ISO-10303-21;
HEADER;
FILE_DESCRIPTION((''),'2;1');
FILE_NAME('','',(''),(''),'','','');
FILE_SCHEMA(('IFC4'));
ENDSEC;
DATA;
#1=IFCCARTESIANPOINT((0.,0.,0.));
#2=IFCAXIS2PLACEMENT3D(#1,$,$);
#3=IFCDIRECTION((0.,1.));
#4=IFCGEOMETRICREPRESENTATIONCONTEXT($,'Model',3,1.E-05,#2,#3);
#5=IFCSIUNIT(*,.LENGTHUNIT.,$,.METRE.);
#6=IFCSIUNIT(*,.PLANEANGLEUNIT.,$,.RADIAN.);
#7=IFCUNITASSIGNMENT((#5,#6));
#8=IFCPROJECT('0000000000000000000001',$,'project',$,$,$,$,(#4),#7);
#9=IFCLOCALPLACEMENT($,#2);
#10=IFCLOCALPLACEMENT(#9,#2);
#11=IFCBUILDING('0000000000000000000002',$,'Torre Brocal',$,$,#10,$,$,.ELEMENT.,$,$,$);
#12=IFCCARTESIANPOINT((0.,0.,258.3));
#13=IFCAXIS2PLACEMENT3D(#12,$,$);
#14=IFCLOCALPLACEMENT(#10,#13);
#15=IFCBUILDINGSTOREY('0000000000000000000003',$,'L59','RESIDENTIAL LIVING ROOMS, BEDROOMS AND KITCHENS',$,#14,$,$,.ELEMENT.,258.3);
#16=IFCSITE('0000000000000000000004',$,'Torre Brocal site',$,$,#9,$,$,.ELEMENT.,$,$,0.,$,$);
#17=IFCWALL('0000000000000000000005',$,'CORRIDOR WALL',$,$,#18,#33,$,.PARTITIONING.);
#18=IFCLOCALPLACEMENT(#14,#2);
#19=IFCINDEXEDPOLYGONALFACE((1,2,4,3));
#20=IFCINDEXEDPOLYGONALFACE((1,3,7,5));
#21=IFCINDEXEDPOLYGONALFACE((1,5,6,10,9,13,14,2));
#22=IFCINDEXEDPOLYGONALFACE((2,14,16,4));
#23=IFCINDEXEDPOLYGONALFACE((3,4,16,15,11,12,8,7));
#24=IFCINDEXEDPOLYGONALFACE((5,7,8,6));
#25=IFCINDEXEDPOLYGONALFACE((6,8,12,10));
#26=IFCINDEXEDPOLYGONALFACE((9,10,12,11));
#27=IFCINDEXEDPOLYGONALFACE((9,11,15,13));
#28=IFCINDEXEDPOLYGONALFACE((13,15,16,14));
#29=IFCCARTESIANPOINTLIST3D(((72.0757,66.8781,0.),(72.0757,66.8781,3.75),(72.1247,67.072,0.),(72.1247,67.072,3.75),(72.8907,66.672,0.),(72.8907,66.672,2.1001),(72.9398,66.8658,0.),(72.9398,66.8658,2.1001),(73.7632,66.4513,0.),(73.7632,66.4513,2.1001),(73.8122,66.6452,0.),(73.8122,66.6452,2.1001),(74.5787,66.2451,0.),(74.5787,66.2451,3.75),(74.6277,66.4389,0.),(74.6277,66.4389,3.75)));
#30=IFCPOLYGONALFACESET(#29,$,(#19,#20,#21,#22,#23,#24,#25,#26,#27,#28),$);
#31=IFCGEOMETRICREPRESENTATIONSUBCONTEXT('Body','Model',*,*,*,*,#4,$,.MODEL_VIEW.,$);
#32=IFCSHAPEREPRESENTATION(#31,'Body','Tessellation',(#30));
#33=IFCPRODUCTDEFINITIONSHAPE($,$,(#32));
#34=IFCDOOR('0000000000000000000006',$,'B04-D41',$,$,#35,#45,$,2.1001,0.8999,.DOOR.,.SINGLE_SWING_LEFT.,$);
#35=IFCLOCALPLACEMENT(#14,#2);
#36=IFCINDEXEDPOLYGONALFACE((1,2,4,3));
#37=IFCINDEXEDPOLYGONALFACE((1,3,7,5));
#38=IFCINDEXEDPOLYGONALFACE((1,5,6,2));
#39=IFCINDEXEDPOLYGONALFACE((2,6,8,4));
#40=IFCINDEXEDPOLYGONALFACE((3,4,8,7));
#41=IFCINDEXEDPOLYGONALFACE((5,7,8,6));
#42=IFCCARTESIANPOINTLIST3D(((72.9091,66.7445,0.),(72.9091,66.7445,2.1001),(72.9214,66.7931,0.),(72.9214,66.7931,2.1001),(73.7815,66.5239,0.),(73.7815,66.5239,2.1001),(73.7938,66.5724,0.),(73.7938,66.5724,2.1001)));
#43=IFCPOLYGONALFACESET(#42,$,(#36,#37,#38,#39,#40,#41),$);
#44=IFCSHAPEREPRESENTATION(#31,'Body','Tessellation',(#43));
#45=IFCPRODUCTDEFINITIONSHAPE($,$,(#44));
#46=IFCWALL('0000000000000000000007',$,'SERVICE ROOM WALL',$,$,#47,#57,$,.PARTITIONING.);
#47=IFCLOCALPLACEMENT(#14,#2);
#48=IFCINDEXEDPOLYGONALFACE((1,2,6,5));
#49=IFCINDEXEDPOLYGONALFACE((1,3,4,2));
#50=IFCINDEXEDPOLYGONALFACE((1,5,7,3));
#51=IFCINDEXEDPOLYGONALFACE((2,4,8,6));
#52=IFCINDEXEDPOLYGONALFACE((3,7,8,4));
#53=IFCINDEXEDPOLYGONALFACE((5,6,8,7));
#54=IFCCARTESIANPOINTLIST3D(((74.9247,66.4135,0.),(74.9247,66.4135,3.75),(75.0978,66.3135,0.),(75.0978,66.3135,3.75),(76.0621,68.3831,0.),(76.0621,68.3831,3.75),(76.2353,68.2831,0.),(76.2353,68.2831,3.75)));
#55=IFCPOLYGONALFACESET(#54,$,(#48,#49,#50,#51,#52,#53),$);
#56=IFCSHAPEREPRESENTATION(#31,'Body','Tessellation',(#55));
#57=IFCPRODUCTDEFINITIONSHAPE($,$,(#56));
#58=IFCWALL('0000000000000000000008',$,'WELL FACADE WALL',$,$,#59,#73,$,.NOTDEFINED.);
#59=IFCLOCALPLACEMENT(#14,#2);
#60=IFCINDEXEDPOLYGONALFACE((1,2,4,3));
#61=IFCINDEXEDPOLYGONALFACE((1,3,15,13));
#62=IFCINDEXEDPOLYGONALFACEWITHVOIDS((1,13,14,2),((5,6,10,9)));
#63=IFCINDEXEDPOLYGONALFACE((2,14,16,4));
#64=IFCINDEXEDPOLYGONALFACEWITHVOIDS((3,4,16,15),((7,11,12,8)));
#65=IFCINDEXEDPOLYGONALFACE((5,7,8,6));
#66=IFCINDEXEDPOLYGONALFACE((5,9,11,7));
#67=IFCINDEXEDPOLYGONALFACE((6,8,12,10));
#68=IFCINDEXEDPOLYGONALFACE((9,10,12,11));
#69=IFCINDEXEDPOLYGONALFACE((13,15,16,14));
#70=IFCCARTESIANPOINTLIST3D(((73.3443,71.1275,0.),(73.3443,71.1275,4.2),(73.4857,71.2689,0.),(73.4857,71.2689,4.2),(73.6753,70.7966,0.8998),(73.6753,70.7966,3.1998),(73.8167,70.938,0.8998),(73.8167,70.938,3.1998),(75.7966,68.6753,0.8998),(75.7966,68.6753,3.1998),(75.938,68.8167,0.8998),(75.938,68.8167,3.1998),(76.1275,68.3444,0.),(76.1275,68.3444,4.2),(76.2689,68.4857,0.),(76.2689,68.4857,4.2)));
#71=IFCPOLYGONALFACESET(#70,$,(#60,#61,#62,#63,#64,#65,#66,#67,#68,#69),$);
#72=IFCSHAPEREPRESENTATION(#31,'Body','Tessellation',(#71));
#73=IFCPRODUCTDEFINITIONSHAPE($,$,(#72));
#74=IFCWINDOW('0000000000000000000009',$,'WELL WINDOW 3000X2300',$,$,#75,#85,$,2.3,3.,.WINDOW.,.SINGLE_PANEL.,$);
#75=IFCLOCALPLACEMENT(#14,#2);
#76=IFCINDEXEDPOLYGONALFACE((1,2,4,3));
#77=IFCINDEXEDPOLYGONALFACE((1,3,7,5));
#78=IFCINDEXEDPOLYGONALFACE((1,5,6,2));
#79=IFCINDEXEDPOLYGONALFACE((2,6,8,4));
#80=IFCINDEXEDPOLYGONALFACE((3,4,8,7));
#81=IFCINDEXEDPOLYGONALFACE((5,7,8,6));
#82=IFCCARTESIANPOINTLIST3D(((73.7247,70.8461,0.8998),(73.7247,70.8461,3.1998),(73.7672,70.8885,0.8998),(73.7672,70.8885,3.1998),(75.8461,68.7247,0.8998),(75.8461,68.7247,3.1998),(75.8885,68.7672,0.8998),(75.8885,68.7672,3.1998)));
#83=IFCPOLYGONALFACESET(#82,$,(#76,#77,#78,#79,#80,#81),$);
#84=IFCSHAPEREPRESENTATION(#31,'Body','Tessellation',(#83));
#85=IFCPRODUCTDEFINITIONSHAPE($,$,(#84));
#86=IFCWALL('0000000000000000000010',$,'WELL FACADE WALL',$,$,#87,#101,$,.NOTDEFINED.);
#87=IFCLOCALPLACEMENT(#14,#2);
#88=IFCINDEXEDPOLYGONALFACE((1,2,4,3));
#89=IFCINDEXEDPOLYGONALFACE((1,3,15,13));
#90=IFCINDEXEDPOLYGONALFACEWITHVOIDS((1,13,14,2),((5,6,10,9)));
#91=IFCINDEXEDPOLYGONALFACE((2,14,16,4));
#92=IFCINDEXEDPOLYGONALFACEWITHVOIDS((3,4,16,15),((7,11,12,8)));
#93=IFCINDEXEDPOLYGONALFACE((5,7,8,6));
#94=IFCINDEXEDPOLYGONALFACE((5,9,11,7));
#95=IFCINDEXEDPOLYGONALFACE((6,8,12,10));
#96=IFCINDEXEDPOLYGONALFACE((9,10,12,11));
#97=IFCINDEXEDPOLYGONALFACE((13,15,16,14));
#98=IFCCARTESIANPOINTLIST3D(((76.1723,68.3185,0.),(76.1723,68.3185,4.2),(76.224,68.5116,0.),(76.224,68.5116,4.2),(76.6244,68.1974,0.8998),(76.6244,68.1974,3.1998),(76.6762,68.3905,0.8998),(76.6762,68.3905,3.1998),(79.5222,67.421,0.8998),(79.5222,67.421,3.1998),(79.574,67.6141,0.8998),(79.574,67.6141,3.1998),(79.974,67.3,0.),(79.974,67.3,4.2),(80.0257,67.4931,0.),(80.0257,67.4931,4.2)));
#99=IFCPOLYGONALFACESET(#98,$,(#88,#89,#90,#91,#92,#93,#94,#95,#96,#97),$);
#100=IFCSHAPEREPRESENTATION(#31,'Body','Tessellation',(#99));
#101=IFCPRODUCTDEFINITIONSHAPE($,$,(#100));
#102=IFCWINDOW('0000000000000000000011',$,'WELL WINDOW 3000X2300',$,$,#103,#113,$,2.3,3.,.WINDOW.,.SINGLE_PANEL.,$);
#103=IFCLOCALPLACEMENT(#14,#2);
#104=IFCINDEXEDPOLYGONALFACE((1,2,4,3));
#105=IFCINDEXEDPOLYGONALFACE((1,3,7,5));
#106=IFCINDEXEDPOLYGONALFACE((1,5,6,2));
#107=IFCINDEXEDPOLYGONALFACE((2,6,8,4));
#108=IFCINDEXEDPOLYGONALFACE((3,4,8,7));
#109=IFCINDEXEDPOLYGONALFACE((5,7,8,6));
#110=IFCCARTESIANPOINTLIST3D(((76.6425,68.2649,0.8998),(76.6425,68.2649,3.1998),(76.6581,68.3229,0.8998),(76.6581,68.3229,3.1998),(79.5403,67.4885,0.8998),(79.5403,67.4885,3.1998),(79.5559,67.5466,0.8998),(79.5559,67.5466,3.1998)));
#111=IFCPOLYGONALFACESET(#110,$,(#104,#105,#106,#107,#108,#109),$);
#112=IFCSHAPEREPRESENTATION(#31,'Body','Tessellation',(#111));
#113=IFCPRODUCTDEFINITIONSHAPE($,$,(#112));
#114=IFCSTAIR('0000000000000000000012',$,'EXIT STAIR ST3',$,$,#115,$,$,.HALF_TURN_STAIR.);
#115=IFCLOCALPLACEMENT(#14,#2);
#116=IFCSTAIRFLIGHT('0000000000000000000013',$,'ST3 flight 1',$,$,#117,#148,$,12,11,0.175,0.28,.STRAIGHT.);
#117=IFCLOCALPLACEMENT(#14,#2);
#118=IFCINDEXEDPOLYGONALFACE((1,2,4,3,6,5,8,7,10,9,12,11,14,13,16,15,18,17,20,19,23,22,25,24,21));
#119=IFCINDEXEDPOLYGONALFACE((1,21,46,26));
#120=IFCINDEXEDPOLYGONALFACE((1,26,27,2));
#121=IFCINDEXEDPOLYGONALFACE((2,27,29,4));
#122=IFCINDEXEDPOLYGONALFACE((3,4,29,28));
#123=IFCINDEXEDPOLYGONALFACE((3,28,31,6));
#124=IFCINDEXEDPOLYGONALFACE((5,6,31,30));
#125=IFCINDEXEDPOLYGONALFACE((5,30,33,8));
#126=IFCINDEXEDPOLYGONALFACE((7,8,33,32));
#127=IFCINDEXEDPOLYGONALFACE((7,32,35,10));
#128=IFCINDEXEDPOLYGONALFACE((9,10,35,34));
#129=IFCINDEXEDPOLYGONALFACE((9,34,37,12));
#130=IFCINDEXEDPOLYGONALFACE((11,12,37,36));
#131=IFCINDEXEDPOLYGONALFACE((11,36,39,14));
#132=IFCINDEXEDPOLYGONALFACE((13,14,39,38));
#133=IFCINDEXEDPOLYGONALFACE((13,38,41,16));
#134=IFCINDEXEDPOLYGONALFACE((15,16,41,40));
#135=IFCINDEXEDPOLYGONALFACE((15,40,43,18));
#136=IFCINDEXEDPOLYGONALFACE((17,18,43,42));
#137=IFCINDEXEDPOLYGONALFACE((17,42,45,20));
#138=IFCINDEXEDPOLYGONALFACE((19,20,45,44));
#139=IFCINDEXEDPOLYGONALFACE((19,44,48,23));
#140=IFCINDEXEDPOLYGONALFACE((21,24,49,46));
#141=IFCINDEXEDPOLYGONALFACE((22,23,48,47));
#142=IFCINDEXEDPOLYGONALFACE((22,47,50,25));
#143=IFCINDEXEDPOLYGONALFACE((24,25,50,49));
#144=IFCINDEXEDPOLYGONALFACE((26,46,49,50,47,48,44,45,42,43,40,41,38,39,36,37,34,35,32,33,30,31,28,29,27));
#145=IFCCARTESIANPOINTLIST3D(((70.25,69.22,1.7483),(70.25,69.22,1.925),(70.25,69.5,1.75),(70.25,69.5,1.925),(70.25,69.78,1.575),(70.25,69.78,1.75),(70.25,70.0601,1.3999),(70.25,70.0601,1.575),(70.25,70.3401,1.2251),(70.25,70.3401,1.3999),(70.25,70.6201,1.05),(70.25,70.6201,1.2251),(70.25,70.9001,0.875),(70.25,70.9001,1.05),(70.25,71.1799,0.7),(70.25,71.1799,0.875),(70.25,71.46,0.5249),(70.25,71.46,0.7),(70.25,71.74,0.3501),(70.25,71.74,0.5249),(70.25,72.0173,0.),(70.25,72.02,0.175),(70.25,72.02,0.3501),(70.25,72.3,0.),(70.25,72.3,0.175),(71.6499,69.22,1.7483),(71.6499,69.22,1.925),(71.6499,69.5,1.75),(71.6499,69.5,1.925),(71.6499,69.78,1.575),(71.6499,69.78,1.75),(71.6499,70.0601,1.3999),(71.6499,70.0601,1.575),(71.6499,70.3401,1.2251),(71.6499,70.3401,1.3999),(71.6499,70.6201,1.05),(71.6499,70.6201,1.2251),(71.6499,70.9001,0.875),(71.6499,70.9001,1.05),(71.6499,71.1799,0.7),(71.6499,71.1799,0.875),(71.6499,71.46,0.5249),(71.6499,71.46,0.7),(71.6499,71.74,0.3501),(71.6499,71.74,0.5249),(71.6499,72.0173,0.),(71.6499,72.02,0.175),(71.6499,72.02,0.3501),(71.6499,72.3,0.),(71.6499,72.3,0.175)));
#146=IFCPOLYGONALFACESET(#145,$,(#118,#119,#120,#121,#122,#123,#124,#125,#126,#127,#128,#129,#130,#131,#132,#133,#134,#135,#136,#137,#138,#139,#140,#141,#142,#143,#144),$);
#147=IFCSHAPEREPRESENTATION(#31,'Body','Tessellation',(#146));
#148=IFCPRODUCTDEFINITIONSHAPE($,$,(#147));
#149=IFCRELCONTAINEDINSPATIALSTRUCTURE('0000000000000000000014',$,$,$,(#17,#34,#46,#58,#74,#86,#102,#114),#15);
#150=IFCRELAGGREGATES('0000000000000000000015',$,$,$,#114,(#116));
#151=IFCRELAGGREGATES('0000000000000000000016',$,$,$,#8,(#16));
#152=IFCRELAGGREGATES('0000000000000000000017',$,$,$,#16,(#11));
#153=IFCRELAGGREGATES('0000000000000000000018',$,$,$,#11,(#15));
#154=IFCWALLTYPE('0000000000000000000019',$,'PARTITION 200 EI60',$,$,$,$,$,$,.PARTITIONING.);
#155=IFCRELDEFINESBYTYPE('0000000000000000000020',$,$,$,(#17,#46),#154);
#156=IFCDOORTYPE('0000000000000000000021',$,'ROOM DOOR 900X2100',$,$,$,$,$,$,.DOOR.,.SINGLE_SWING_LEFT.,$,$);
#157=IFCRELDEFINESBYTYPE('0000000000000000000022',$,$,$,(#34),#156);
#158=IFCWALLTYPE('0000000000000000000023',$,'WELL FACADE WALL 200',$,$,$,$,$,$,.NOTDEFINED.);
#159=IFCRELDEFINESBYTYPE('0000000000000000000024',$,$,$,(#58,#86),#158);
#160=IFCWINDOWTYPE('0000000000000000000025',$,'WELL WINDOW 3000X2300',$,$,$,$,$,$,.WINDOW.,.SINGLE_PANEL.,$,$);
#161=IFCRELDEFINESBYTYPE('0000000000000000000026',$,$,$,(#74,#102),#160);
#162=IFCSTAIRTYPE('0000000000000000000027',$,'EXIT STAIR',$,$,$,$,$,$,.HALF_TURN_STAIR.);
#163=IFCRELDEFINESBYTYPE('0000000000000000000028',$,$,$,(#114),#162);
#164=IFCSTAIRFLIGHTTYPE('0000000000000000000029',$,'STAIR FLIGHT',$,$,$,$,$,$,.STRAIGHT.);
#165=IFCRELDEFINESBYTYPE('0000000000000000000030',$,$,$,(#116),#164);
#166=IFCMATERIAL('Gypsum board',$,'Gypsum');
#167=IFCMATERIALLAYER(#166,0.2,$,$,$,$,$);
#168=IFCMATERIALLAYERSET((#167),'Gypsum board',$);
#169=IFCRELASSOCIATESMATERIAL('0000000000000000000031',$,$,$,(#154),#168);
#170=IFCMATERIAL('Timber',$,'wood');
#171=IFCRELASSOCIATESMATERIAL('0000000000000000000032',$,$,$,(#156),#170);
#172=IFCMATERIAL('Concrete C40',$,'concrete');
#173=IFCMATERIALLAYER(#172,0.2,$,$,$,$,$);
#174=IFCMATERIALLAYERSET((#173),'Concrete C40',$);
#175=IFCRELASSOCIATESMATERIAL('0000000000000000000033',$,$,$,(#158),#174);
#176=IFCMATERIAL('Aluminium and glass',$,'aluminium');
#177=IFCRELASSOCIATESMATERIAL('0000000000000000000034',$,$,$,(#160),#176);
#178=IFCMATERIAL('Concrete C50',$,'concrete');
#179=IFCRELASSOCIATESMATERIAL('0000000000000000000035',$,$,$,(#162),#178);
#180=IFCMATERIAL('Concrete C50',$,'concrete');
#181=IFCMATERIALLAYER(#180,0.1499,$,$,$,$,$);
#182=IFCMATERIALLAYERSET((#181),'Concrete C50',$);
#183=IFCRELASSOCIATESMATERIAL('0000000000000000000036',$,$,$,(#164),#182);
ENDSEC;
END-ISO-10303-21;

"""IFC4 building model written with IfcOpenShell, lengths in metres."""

from ifc_helpers import new_model, si_unit, direction, frame, frame_2d, origin, place, context, subcontext, project, spatial, polyline, rectangle, outline, extrude, material, layer, layer_set, type_object, element, fill, aggregate, save


model = new_model("IFC4")

# Units and contexts
model_context = context("Model", 3, precision=1e-05, world=origin(), true_north=direction((0.0, 1.0)))
body_context = subcontext(model_context, "Body", "Model", "MODEL_VIEW")
ifc_project = project(units=[si_unit("LENGTHUNIT", "METRE"), si_unit("PLANEANGLEUNIT", "RADIAN")], contexts=[model_context])

# Site, building, storey
site_placement = place(None, origin())
site = spatial("IfcSite", under=ifc_project, at=site_placement, Name="Torre Brocal site", CompositionType="ELEMENT", RefElevation=0.0)
building_placement = place(site_placement, origin())
building = spatial("IfcBuilding", under=site, at=building_placement, Name="Torre Brocal", CompositionType="ELEMENT")
storey_placement = place(building_placement, frame((0.0, 0.0, 258.3)))
storey = spatial("IfcBuildingStorey", under=building, at=storey_placement, Name="L59", Description="RESIDENTIAL LIVING ROOMS, BEDROOMS AND KITCHENS", CompositionType="ELEMENT", Elevation=258.3)

# Wall, opening, door
ifc_material_1 = material(Name="Gypsum board", Category="Gypsum")
ifc_layer_1 = layer(ifc_material_1, 0.2)
ifc_layer_set_1 = layer_set([ifc_layer_1], Name="Gypsum board")
wall_type_1 = type_object("IfcWallType", Name="PARTITION 200 EI60", PredefinedType="PARTITIONING", material=ifc_layer_set_1)
wall_1_placement = place(storey_placement, frame((72.1001, 66.9751, 0.0), z_axis=(0.0, 0.0, 1.0), x_axis=(0.969471, -0.245205, 0.0)))
wall_1 = element("IfcWall", 1, at=wall_1_placement, inside=storey, type_object=wall_type_1, Name="CORRIDOR WALL", PredefinedType="PARTITIONING", context=body_context, shape_type="SweptSolid", body=[
    extrude(rectangle(XDim=2.5818, YDim=0.2, at=frame_2d((1.291, 0.0))), origin(), (0.0, 0.0, 1.0), 3.75),
])
opening_1_placement = place(wall_1_placement, frame((0.8408, 0.0, 0.0)))
opening_1 = element("IfcOpeningElement", 2, at=opening_1_placement, cuts=wall_1, PredefinedType="OPENING", context=body_context, shape_type="SweptSolid", body=[
    extrude(rectangle(XDim=0.8999, YDim=2.1001, at=frame_2d((0.45, 1.05))), frame((0.0, 0.1099, 0.0), z_axis=(0.0, -1.0, 0.0), x_axis=(1.0, 0.0, 0.0)), (0.0, 0.0, 1.0), 0.22),
])
ifc_material_2 = material(Name="Timber", Category="wood")
door_type_1 = type_object("IfcDoorType", Name="ROOM DOOR 900X2100", OperationType="SINGLE_SWING_LEFT", PredefinedType="DOOR", material=ifc_material_2)
door_1_placement = place(opening_1_placement, origin())
door_1 = element("IfcDoor", 3, at=door_1_placement, inside=storey, type_object=door_type_1, Name="B04-D41", OperationType="SINGLE_SWING_LEFT", OverallHeight=2.1001, OverallWidth=0.8999, PredefinedType="DOOR", context=body_context, shape_type="SweptSolid", body=[
    extrude(rectangle(XDim=0.8999, YDim=2.1001, at=frame_2d((0.45, 1.05))), frame((0.0, 0.0249, 0.0), z_axis=(0.0, -1.0, 0.0), x_axis=(1.0, 0.0, 0.0)), (0.0, 0.0, 1.0), 0.05),
])
fill(opening_1, door_1)

# Wall
wall_2_placement = place(storey_placement, frame((75.0112, 66.3635, 0.0), z_axis=(0.0, 0.0, 1.0), x_axis=(0.500122, 0.865955, 0.0)))
element("IfcWall", 4, at=wall_2_placement, inside=storey, type_object=wall_type_1, Name="SERVICE ROOM WALL", PredefinedType="PARTITIONING", context=body_context, shape_type="SweptSolid", body=[
    extrude(rectangle(XDim=2.2744, YDim=0.2, at=frame_2d((1.1372, 0.0))), origin(), (0.0, 0.0, 1.0), 3.75),
])

# Walls, openings, windows
ifc_material_3 = material(Name="Concrete C40", Category="concrete")
ifc_layer_2 = layer(ifc_material_3, 0.2)
ifc_layer_set_2 = layer_set([ifc_layer_2], Name="Concrete C40")
wall_type_2 = type_object("IfcWallType", Name="WELL FACADE WALL 200", PredefinedType="NOTDEFINED", material=ifc_layer_set_2)
wall_3_placement = place(storey_placement, frame((73.415, 71.1982, 0.0), z_axis=(0.0, 0.0, 1.0), x_axis=(0.707107, -0.707107, 0.0)))
wall_3 = element("IfcWall", 5, at=wall_3_placement, inside=storey, type_object=wall_type_2, Name="WELL FACADE WALL", PredefinedType="NOTDEFINED", context=body_context, shape_type="SweptSolid", body=[
    extrude(rectangle(XDim=3.936, YDim=0.2, at=frame_2d((1.968, 0.0))), origin(), (0.0, 0.0, 1.0), 4.2),
])
opening_2_placement = place(wall_3_placement, frame((0.468, 0.0, 0.8999)))
opening_2 = element("IfcOpeningElement", 6, at=opening_2_placement, cuts=wall_3, PredefinedType="OPENING", context=body_context, shape_type="SweptSolid", body=[
    extrude(rectangle(XDim=3.0, YDim=2.3, at=frame_2d((1.5, 1.1499))), frame((0.0, 0.1099, 0.0), z_axis=(0.0, -1.0, 0.0), x_axis=(1.0, 0.0, 0.0)), (0.0, 0.0, 1.0), 0.22),
])
ifc_material_4 = material(Name="Aluminium and glass", Category="aluminium")
window_type = type_object("IfcWindowType", Name="WELL WINDOW 3000X2300", PartitioningType="SINGLE_PANEL", PredefinedType="WINDOW", material=ifc_material_4)
window_1_placement = place(opening_2_placement, origin())
window_1 = element("IfcWindow", 7, at=window_1_placement, inside=storey, type_object=window_type, Name="WELL WINDOW 3000X2300", OverallHeight=2.3, OverallWidth=3.0, PartitioningType="SINGLE_PANEL", PredefinedType="WINDOW", context=body_context, shape_type="SweptSolid", body=[
    extrude(rectangle(XDim=3.0, YDim=2.3, at=frame_2d((1.5, 1.1499))), frame((0.0, 0.03, 0.0), z_axis=(0.0, -1.0, 0.0), x_axis=(1.0, 0.0, 0.0)), (0.0, 0.0, 1.0), 0.0601),
])
fill(opening_2, window_1)
wall_4_placement = place(storey_placement, frame((76.1982, 68.415, 0.0), z_axis=(0.0, 0.0, 1.0), x_axis=(0.965934, -0.25879, 0.0)))
wall_4 = element("IfcWall", 8, at=wall_4_placement, inside=storey, type_object=wall_type_2, Name="WELL FACADE WALL", PredefinedType="NOTDEFINED", context=body_context, shape_type="SweptSolid", body=[
    extrude(rectangle(XDim=3.9358, YDim=0.2, at=frame_2d((1.9678, 0.0))), origin(), (0.0, 0.0, 1.0), 4.2),
])
opening_3_placement = place(wall_4_placement, frame((0.468, 0.0, 0.8999)))
opening_3 = element("IfcOpeningElement", 9, at=opening_3_placement, cuts=wall_4, PredefinedType="OPENING", context=body_context, shape_type="SweptSolid", body=[
    extrude(rectangle(XDim=3.0, YDim=2.3, at=frame_2d((1.5, 1.1499))), frame((0.0, 0.1099, 0.0), z_axis=(0.0, -1.0, 0.0), x_axis=(1.0, 0.0, 0.0)), (0.0, 0.0, 1.0), 0.22),
])
window_2_placement = place(opening_3_placement, origin())
window_2 = element("IfcWindow", 10, at=window_2_placement, inside=storey, type_object=window_type, Name="WELL WINDOW 3000X2300", OverallHeight=2.3, OverallWidth=3.0, PartitioningType="SINGLE_PANEL", PredefinedType="WINDOW", context=body_context, shape_type="SweptSolid", body=[
    extrude(rectangle(XDim=3.0, YDim=2.3, at=frame_2d((1.5, 1.1499))), frame((0.0, 0.03, 0.0), z_axis=(0.0, -1.0, 0.0), x_axis=(1.0, 0.0, 0.0)), (0.0, 0.0, 1.0), 0.0601),
])
fill(opening_3, window_2)

# Stair, stair flight
ifc_material_5 = material(Name="Concrete C50", Category="concrete")
stair_type = type_object("IfcStairType", Name="EXIT STAIR", PredefinedType="HALF_TURN_STAIR", material=ifc_material_5)
stair_placement = place(storey_placement, origin())
stair = element("IfcStair", 11, at=stair_placement, inside=storey, type_object=stair_type, Name="EXIT STAIR ST3", PredefinedType="HALF_TURN_STAIR")
ifc_material_6 = material(Name="Concrete C50", Category="concrete")
ifc_layer_3 = layer(ifc_material_6, 0.1499)
ifc_layer_set_3 = layer_set([ifc_layer_3], Name="Concrete C50")
stair_flight_type = type_object("IfcStairFlightType", Name="STAIR FLIGHT", PredefinedType="STRAIGHT", material=ifc_layer_set_3)
stair_flight_1_placement = place(storey_placement, frame((70.95, 72.3, 0.0), z_axis=(0.0, 0.0, 1.0), x_axis=(0.0, -1.0, 0.0)))
stair_flight_1 = element("IfcStairFlight", 12, at=stair_flight_1_placement, type_object=stair_flight_type, Name="ST3 flight 1", NumberOfRisers=12, NumberOfTreads=11, PredefinedType="STRAIGHT", RiserHeight=0.175, TreadLength=0.28, context=body_context, shape_type="SweptSolid", body=[
    extrude(outline(polyline([(0.0, 0.0), (0.0, 0.175), (0.28, 0.175), (0.28, 0.3501), (0.5601, 0.3501), (0.5601, 0.5249), (0.8401, 0.5249), (0.8401, 0.7), (1.1201, 0.7), (1.1201, 0.875), (1.3999, 0.875), (1.3999, 1.05), (1.6799, 1.05), (1.6799, 1.2251), (1.96, 1.2251), (1.96, 1.3999), (2.24, 1.3999), (2.24, 1.575), (2.52, 1.575), (2.52, 1.75), (2.8, 1.75), (2.8, 1.925), (3.0801, 1.925), (3.0801, 2.1001), (3.0801, 1.7483), (0.2827, 0.0), (0.0, 0.0)])), frame((0.0, 0.7, 0.0), z_axis=(0.0, -1.0, 0.0), x_axis=(1.0, 0.0, 0.0)), (0.0, 0.0, 1.0), 1.3999),
])
aggregate(stair, [stair_flight_1])

save(model, "model.ifc")
